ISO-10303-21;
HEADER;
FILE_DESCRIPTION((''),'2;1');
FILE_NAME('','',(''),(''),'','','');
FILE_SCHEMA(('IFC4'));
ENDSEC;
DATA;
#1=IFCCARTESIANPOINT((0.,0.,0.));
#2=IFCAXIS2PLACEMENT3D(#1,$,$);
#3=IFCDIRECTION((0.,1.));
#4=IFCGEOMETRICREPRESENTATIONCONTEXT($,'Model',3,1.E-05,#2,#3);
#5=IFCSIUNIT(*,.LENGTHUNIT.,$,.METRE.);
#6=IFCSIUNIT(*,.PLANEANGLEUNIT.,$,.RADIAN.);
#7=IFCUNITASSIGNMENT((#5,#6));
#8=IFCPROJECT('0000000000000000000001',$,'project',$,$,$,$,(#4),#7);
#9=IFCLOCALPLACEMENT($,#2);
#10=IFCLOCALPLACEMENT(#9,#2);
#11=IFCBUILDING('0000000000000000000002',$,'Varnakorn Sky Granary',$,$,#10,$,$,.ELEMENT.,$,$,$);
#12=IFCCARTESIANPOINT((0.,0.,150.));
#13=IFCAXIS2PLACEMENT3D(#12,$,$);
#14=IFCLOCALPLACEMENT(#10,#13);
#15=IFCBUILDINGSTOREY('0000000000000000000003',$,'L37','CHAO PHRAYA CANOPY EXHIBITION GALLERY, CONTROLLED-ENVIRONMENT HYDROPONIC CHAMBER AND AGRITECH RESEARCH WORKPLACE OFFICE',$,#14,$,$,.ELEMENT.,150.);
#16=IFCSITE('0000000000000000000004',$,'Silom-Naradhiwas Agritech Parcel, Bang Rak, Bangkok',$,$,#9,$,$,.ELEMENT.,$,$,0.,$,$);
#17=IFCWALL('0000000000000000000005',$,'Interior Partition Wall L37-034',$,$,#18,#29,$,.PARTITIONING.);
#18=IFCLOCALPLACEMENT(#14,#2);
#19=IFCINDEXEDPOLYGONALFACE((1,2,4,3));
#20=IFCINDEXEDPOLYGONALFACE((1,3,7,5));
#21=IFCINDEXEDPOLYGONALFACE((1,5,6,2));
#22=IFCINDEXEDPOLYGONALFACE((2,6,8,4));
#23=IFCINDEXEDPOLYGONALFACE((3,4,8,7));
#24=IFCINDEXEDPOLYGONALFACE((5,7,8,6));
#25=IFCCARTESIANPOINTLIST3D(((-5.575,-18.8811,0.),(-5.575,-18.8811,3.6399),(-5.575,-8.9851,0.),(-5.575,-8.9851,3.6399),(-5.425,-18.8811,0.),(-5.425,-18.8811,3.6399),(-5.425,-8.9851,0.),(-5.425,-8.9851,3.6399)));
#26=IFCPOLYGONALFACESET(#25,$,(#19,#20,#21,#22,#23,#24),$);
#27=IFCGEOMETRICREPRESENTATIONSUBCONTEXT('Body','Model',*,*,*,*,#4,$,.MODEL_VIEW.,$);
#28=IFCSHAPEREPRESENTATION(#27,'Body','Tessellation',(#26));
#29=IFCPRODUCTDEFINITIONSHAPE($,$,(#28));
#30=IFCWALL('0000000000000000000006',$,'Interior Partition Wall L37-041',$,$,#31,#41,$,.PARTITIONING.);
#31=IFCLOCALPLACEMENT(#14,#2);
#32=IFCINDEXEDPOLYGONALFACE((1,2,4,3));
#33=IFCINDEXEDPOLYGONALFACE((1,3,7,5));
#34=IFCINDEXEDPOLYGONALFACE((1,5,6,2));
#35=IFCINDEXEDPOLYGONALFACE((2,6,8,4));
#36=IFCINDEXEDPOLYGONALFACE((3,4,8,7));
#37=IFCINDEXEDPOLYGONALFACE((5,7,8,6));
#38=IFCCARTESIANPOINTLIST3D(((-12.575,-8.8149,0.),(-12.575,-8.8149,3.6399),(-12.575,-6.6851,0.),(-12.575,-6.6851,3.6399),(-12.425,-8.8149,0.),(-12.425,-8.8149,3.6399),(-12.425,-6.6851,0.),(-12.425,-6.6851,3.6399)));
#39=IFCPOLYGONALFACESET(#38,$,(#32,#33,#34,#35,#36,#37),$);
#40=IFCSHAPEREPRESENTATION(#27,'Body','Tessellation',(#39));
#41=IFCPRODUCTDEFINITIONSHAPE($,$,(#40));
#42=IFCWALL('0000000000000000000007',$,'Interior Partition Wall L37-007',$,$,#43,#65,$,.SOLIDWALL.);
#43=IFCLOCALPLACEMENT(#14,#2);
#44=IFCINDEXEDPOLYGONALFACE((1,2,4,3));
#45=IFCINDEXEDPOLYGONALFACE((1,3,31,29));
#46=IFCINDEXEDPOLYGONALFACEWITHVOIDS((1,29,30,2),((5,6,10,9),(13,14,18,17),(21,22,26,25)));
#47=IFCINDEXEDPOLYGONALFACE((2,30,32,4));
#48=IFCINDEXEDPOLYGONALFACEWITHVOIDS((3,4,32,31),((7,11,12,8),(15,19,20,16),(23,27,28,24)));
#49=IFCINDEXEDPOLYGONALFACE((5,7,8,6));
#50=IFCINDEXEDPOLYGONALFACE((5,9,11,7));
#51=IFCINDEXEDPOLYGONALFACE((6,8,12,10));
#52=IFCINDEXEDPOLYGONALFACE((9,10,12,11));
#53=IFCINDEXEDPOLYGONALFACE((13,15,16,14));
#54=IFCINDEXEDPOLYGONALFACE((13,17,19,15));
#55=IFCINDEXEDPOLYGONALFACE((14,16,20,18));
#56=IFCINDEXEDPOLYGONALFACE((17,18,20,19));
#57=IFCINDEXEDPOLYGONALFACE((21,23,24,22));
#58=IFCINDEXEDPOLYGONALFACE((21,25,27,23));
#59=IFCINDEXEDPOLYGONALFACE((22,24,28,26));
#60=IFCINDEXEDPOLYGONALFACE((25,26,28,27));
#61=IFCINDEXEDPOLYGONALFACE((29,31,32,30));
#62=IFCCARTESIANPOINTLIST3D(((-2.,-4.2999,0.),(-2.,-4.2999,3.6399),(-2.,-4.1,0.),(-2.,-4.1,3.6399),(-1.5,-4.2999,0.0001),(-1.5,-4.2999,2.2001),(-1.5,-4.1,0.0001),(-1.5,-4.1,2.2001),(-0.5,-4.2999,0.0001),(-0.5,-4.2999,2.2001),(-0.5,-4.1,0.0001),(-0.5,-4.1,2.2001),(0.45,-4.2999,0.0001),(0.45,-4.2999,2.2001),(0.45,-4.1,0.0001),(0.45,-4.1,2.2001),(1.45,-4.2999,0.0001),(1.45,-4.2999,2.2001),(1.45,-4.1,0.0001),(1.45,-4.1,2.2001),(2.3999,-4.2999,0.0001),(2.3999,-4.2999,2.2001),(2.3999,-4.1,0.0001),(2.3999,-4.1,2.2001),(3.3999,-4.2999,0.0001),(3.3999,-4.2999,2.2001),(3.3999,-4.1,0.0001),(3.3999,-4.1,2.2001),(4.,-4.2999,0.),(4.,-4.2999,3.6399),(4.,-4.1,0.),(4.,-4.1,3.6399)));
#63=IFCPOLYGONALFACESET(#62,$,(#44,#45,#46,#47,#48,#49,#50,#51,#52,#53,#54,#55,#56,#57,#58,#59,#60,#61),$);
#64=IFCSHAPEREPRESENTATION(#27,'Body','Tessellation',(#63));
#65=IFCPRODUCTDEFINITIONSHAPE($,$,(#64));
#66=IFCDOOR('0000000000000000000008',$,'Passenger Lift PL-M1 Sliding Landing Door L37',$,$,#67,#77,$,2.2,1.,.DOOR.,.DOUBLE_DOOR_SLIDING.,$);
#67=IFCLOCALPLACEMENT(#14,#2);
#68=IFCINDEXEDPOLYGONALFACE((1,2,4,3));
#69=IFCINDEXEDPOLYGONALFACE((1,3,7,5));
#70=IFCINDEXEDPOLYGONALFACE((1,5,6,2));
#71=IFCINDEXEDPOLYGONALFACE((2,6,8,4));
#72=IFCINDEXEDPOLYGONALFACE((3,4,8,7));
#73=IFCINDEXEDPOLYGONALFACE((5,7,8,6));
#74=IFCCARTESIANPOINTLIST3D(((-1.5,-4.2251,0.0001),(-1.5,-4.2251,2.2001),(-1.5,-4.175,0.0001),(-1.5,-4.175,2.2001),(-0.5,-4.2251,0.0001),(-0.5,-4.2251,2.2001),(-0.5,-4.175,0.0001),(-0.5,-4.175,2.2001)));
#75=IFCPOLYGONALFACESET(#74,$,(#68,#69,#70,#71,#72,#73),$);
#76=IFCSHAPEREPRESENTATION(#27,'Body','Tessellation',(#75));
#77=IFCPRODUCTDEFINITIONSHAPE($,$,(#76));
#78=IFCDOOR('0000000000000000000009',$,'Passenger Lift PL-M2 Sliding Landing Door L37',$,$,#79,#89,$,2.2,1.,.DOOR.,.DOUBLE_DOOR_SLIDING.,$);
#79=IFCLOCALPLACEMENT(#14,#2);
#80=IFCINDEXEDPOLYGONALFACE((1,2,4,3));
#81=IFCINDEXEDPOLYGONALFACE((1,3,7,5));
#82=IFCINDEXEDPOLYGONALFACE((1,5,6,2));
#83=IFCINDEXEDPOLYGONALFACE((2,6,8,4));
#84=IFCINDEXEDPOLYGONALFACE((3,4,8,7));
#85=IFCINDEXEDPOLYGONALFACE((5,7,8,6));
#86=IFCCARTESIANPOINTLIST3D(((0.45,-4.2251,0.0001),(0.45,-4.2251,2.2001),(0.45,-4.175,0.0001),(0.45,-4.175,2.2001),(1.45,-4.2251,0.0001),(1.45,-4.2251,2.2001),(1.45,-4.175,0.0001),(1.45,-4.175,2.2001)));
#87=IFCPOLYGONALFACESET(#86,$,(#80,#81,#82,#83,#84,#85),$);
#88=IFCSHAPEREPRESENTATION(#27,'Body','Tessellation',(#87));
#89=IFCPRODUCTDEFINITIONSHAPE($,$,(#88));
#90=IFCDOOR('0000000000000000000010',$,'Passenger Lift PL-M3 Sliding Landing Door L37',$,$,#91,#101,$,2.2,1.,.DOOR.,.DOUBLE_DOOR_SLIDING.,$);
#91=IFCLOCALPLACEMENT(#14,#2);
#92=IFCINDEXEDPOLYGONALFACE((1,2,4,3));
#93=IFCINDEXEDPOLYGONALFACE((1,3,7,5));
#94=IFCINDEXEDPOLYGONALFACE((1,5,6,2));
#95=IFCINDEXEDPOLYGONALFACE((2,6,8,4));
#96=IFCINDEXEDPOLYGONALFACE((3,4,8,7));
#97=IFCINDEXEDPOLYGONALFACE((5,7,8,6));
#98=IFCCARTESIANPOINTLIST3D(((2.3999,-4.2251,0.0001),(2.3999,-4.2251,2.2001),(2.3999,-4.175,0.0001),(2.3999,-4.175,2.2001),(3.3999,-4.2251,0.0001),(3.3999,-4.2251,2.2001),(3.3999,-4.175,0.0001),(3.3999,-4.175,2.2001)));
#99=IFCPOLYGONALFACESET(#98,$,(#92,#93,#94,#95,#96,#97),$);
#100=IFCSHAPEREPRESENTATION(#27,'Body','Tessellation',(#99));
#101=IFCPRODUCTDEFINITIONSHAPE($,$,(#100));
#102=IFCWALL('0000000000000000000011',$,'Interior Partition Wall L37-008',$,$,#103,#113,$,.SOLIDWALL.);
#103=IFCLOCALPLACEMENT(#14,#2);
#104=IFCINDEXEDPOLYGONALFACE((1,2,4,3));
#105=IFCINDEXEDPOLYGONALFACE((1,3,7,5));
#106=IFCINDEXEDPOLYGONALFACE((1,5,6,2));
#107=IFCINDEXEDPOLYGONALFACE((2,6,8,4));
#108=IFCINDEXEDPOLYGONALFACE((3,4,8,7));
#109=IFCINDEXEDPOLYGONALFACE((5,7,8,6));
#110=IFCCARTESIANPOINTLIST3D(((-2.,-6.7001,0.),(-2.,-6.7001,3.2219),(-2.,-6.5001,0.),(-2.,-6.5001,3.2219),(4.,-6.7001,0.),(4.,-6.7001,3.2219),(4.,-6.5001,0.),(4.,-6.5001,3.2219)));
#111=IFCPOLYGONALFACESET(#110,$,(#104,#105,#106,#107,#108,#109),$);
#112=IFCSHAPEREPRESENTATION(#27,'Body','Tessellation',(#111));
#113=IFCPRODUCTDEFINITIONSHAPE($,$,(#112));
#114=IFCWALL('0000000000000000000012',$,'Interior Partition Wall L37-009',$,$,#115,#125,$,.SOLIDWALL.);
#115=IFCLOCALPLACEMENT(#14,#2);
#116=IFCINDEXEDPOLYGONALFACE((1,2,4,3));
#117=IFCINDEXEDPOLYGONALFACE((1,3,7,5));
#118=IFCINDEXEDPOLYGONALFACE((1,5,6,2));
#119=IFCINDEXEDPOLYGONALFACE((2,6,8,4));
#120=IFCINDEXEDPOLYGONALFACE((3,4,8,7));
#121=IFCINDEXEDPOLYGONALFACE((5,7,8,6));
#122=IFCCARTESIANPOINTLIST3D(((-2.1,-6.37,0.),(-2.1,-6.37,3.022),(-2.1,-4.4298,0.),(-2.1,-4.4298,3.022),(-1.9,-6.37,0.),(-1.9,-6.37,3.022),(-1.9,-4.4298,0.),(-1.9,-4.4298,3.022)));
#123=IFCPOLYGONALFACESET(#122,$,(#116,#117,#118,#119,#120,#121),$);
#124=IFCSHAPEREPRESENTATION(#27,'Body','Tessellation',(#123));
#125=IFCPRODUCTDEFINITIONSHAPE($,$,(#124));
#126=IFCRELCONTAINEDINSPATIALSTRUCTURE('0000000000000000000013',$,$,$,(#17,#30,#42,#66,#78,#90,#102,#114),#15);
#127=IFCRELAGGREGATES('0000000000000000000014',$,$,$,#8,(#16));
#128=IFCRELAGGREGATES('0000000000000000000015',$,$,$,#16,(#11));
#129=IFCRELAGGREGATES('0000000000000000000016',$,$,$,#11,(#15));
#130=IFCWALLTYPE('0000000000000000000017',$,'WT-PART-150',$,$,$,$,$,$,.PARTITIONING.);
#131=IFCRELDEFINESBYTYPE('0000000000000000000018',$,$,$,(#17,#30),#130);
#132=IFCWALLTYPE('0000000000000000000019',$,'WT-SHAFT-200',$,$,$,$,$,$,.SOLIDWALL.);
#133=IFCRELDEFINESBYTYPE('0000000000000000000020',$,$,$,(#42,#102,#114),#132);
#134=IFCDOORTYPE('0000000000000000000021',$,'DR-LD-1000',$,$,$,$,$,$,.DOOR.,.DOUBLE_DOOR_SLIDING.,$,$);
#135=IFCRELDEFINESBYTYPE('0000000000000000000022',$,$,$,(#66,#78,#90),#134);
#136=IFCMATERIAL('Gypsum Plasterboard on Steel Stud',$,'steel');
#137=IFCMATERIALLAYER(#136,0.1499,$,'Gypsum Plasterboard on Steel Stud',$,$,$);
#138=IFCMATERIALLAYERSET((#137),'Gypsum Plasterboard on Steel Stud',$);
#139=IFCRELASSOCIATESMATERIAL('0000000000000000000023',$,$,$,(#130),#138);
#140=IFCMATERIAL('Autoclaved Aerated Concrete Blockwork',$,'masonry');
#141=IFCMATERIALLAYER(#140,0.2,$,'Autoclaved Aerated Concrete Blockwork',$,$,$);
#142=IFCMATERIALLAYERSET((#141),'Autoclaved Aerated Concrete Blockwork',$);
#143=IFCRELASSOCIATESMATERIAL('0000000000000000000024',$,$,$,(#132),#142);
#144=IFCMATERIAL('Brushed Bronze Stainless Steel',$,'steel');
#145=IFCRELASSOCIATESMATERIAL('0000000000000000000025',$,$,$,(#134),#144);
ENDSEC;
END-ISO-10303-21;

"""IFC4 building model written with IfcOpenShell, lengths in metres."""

from ifc_helpers import new_model, si_unit, direction, frame, frame_2d, origin, place, context, subcontext, project, spatial, rectangle, extrude, material, layer, layer_set, type_object, element, fill, save


model = new_model("IFC4")

# Units and contexts
model_context = context("Model", 3, precision=1e-05, world=origin(), true_north=direction((0.0, 1.0)))
body_context = subcontext(model_context, "Body", "Model", "MODEL_VIEW")
ifc_project = project(units=[si_unit("LENGTHUNIT", "METRE"), si_unit("PLANEANGLEUNIT", "RADIAN")], contexts=[model_context])

# Site, building, storey
site_placement = place(None, origin())
site = spatial("IfcSite", under=ifc_project, at=site_placement, Name="Silom-Naradhiwas Agritech Parcel, Bang Rak, Bangkok", CompositionType="ELEMENT", RefElevation=0.0)
building_placement = place(site_placement, origin())
building = spatial("IfcBuilding", under=site, at=building_placement, Name="Varnakorn Sky Granary", CompositionType="ELEMENT")
storey_placement = place(building_placement, frame((0.0, 0.0, 150.0)))
storey = spatial("IfcBuildingStorey", under=building, at=storey_placement, Name="L37", Description="CHAO PHRAYA CANOPY EXHIBITION GALLERY, CONTROLLED-ENVIRONMENT HYDROPONIC CHAMBER AND AGRITECH RESEARCH WORKPLACE OFFICE", CompositionType="ELEMENT", Elevation=150.0)

# Shared definitions
ifc_material_1 = material(Name="Autoclaved Aerated Concrete Blockwork", Category="masonry")

# Shared definitions
ifc_material_2 = material(Name="Gypsum Plasterboard on Steel Stud", Category="steel")
ifc_layer_1 = layer(ifc_material_2, 0.1499, Name="Gypsum Plasterboard on Steel Stud")
ifc_layer_set_1 = layer_set([ifc_layer_1], Name="Gypsum Plasterboard on Steel Stud")
wall_type_1 = type_object("IfcWallType", Name="WT-PART-150", PredefinedType="PARTITIONING", material=ifc_layer_set_1)

# Walls
wall_1_placement = place(storey_placement, frame((-5.5, -8.9851, 0.0), z_axis=(0.0, 0.0, 1.0), x_axis=(0.0, -1.0, 0.0)))
element("IfcWall", 1, at=wall_1_placement, inside=storey, type_object=wall_type_1, Name="Interior Partition Wall L37-034", PredefinedType="PARTITIONING", context=body_context, shape_type="SweptSolid", body=[
    extrude(rectangle(XDim=9.896, YDim=0.1499, at=frame_2d((4.948, 0.0))), origin(), (0.0, 0.0, 1.0), 3.6399),
])
wall_2_placement = place(storey_placement, frame((-12.5, -6.6851, 0.0), z_axis=(0.0, 0.0, 1.0), x_axis=(0.0, -1.0, 0.0)))
element("IfcWall", 2, at=wall_2_placement, inside=storey, type_object=wall_type_1, Name="Interior Partition Wall L37-041", PredefinedType="PARTITIONING", context=body_context, shape_type="SweptSolid", body=[
    extrude(rectangle(XDim=2.1299, YDim=0.1499, at=frame_2d((1.0649, 0.0))), origin(), (0.0, 0.0, 1.0), 3.6399),
])

# Wall, openings, doors
ifc_layer_2 = layer(ifc_material_1, 0.2, Name="Autoclaved Aerated Concrete Blockwork")
ifc_layer_set_2 = layer_set([ifc_layer_2], Name="Autoclaved Aerated Concrete Blockwork")
wall_type_2 = type_object("IfcWallType", Name="WT-SHAFT-200", PredefinedType="SOLIDWALL", material=ifc_layer_set_2)
wall_3_placement = place(storey_placement, frame((-2.0, -4.2, 0.0), z_axis=(0.0, 0.0, 1.0), x_axis=(1.0, 0.0, 0.0)))
wall_3 = element("IfcWall", 3, at=wall_3_placement, inside=storey, type_object=wall_type_2, Name="Interior Partition Wall L37-007", PredefinedType="SOLIDWALL", context=body_context, shape_type="SweptSolid", body=[
    extrude(rectangle(XDim=6.0, YDim=0.2, at=frame_2d((3.0, 0.0))), origin(), (0.0, 0.0, 1.0), 3.6399),
])
opening_1_placement = place(wall_3_placement, frame((0.5, 0.0, 0.0)))
opening_1 = element("IfcOpeningElement", 4, at=opening_1_placement, cuts=wall_3, PredefinedType="OPENING", context=body_context, shape_type="SweptSolid", body=[
    extrude(rectangle(XDim=1.0, YDim=2.2, at=frame_2d((0.5, 1.1001))), frame((0.0, 0.1099, 0.0), z_axis=(0.0, -1.0, 0.0), x_axis=(1.0, 0.0, 0.0)), (0.0, 0.0, 1.0), 0.22),
])
opening_2_placement = place(wall_3_placement, frame((2.45, 0.0, 0.0)))
opening_2 = element("IfcOpeningElement", 5, at=opening_2_placement, cuts=wall_3, PredefinedType="OPENING", context=body_context, shape_type="SweptSolid", body=[
    extrude(rectangle(XDim=1.0, YDim=2.2, at=frame_2d((0.5, 1.1001))), frame((0.0, 0.1099, 0.0), z_axis=(0.0, -1.0, 0.0), x_axis=(1.0, 0.0, 0.0)), (0.0, 0.0, 1.0), 0.22),
])
opening_3_placement = place(wall_3_placement, frame((4.3999, 0.0, 0.0)))
opening_3 = element("IfcOpeningElement", 6, at=opening_3_placement, cuts=wall_3, PredefinedType="OPENING", context=body_context, shape_type="SweptSolid", body=[
    extrude(rectangle(XDim=1.0, YDim=2.2, at=frame_2d((0.5, 1.1001))), frame((0.0, 0.1099, 0.0), z_axis=(0.0, -1.0, 0.0), x_axis=(1.0, 0.0, 0.0)), (0.0, 0.0, 1.0), 0.22),
])
ifc_material_3 = material(Name="Brushed Bronze Stainless Steel", Category="steel")
door_type_1 = type_object("IfcDoorType", Name="DR-LD-1000", OperationType="DOUBLE_DOOR_SLIDING", PredefinedType="DOOR", material=ifc_material_3)
door_1_placement = place(opening_1_placement, origin())
door_1 = element("IfcDoor", 7, at=door_1_placement, inside=storey, type_object=door_type_1, Name="Passenger Lift PL-M1 Sliding Landing Door L37", OperationType="DOUBLE_DOOR_SLIDING", OverallHeight=2.2, OverallWidth=1.0, PredefinedType="DOOR", context=body_context, shape_type="SweptSolid", body=[
    extrude(rectangle(XDim=1.0, YDim=2.2, at=frame_2d((0.5, 1.1001))), frame((0.0, 0.0249, 0.0), z_axis=(0.0, -1.0, 0.0), x_axis=(1.0, 0.0, 0.0)), (0.0, 0.0, 1.0), 0.05),
])
fill(opening_1, door_1)
door_2_placement = place(opening_2_placement, origin())
door_2 = element("IfcDoor", 8, at=door_2_placement, inside=storey, type_object=door_type_1, Name="Passenger Lift PL-M2 Sliding Landing Door L37", OperationType="DOUBLE_DOOR_SLIDING", OverallHeight=2.2, OverallWidth=1.0, PredefinedType="DOOR", context=body_context, shape_type="SweptSolid", body=[
    extrude(rectangle(XDim=1.0, YDim=2.2, at=frame_2d((0.5, 1.1001))), frame((0.0, 0.0249, 0.0), z_axis=(0.0, -1.0, 0.0), x_axis=(1.0, 0.0, 0.0)), (0.0, 0.0, 1.0), 0.05),
])
fill(opening_2, door_2)
door_3_placement = place(opening_3_placement, origin())
door_3 = element("IfcDoor", 9, at=door_3_placement, inside=storey, type_object=door_type_1, Name="Passenger Lift PL-M3 Sliding Landing Door L37", OperationType="DOUBLE_DOOR_SLIDING", OverallHeight=2.2, OverallWidth=1.0, PredefinedType="DOOR", context=body_context, shape_type="SweptSolid", body=[
    extrude(rectangle(XDim=1.0, YDim=2.2, at=frame_2d((0.5, 1.1001))), frame((0.0, 0.0249, 0.0), z_axis=(0.0, -1.0, 0.0), x_axis=(1.0, 0.0, 0.0)), (0.0, 0.0, 1.0), 0.05),
])
fill(opening_3, door_3)

# Walls
wall_4_placement = place(storey_placement, frame((-2.0, -6.6001, 0.0), z_axis=(0.0, 0.0, 1.0), x_axis=(1.0, 0.0, 0.0)))
element("IfcWall", 10, at=wall_4_placement, inside=storey, type_object=wall_type_2, Name="Interior Partition Wall L37-008", PredefinedType="SOLIDWALL", context=body_context, shape_type="SweptSolid", body=[
    extrude(rectangle(XDim=6.0, YDim=0.2, at=frame_2d((3.0, 0.0))), origin(), (0.0, 0.0, 1.0), 3.2219),
])
wall_5_placement = place(storey_placement, frame((-2.0, -6.3701, 0.0), z_axis=(0.0, 0.0, 1.0), x_axis=(0.0, 1.0, 0.0)))
element("IfcWall", 11, at=wall_5_placement, inside=storey, type_object=wall_type_2, Name="Interior Partition Wall L37-009", PredefinedType="SOLIDWALL", context=body_context, shape_type="SweptSolid", body=[
    extrude(rectangle(XDim=1.9402, YDim=0.2, at=frame_2d((0.9702, 0.0))), origin(), (0.0, 0.0, 1.0), 3.022),
])

save(model, "model.ifc")
